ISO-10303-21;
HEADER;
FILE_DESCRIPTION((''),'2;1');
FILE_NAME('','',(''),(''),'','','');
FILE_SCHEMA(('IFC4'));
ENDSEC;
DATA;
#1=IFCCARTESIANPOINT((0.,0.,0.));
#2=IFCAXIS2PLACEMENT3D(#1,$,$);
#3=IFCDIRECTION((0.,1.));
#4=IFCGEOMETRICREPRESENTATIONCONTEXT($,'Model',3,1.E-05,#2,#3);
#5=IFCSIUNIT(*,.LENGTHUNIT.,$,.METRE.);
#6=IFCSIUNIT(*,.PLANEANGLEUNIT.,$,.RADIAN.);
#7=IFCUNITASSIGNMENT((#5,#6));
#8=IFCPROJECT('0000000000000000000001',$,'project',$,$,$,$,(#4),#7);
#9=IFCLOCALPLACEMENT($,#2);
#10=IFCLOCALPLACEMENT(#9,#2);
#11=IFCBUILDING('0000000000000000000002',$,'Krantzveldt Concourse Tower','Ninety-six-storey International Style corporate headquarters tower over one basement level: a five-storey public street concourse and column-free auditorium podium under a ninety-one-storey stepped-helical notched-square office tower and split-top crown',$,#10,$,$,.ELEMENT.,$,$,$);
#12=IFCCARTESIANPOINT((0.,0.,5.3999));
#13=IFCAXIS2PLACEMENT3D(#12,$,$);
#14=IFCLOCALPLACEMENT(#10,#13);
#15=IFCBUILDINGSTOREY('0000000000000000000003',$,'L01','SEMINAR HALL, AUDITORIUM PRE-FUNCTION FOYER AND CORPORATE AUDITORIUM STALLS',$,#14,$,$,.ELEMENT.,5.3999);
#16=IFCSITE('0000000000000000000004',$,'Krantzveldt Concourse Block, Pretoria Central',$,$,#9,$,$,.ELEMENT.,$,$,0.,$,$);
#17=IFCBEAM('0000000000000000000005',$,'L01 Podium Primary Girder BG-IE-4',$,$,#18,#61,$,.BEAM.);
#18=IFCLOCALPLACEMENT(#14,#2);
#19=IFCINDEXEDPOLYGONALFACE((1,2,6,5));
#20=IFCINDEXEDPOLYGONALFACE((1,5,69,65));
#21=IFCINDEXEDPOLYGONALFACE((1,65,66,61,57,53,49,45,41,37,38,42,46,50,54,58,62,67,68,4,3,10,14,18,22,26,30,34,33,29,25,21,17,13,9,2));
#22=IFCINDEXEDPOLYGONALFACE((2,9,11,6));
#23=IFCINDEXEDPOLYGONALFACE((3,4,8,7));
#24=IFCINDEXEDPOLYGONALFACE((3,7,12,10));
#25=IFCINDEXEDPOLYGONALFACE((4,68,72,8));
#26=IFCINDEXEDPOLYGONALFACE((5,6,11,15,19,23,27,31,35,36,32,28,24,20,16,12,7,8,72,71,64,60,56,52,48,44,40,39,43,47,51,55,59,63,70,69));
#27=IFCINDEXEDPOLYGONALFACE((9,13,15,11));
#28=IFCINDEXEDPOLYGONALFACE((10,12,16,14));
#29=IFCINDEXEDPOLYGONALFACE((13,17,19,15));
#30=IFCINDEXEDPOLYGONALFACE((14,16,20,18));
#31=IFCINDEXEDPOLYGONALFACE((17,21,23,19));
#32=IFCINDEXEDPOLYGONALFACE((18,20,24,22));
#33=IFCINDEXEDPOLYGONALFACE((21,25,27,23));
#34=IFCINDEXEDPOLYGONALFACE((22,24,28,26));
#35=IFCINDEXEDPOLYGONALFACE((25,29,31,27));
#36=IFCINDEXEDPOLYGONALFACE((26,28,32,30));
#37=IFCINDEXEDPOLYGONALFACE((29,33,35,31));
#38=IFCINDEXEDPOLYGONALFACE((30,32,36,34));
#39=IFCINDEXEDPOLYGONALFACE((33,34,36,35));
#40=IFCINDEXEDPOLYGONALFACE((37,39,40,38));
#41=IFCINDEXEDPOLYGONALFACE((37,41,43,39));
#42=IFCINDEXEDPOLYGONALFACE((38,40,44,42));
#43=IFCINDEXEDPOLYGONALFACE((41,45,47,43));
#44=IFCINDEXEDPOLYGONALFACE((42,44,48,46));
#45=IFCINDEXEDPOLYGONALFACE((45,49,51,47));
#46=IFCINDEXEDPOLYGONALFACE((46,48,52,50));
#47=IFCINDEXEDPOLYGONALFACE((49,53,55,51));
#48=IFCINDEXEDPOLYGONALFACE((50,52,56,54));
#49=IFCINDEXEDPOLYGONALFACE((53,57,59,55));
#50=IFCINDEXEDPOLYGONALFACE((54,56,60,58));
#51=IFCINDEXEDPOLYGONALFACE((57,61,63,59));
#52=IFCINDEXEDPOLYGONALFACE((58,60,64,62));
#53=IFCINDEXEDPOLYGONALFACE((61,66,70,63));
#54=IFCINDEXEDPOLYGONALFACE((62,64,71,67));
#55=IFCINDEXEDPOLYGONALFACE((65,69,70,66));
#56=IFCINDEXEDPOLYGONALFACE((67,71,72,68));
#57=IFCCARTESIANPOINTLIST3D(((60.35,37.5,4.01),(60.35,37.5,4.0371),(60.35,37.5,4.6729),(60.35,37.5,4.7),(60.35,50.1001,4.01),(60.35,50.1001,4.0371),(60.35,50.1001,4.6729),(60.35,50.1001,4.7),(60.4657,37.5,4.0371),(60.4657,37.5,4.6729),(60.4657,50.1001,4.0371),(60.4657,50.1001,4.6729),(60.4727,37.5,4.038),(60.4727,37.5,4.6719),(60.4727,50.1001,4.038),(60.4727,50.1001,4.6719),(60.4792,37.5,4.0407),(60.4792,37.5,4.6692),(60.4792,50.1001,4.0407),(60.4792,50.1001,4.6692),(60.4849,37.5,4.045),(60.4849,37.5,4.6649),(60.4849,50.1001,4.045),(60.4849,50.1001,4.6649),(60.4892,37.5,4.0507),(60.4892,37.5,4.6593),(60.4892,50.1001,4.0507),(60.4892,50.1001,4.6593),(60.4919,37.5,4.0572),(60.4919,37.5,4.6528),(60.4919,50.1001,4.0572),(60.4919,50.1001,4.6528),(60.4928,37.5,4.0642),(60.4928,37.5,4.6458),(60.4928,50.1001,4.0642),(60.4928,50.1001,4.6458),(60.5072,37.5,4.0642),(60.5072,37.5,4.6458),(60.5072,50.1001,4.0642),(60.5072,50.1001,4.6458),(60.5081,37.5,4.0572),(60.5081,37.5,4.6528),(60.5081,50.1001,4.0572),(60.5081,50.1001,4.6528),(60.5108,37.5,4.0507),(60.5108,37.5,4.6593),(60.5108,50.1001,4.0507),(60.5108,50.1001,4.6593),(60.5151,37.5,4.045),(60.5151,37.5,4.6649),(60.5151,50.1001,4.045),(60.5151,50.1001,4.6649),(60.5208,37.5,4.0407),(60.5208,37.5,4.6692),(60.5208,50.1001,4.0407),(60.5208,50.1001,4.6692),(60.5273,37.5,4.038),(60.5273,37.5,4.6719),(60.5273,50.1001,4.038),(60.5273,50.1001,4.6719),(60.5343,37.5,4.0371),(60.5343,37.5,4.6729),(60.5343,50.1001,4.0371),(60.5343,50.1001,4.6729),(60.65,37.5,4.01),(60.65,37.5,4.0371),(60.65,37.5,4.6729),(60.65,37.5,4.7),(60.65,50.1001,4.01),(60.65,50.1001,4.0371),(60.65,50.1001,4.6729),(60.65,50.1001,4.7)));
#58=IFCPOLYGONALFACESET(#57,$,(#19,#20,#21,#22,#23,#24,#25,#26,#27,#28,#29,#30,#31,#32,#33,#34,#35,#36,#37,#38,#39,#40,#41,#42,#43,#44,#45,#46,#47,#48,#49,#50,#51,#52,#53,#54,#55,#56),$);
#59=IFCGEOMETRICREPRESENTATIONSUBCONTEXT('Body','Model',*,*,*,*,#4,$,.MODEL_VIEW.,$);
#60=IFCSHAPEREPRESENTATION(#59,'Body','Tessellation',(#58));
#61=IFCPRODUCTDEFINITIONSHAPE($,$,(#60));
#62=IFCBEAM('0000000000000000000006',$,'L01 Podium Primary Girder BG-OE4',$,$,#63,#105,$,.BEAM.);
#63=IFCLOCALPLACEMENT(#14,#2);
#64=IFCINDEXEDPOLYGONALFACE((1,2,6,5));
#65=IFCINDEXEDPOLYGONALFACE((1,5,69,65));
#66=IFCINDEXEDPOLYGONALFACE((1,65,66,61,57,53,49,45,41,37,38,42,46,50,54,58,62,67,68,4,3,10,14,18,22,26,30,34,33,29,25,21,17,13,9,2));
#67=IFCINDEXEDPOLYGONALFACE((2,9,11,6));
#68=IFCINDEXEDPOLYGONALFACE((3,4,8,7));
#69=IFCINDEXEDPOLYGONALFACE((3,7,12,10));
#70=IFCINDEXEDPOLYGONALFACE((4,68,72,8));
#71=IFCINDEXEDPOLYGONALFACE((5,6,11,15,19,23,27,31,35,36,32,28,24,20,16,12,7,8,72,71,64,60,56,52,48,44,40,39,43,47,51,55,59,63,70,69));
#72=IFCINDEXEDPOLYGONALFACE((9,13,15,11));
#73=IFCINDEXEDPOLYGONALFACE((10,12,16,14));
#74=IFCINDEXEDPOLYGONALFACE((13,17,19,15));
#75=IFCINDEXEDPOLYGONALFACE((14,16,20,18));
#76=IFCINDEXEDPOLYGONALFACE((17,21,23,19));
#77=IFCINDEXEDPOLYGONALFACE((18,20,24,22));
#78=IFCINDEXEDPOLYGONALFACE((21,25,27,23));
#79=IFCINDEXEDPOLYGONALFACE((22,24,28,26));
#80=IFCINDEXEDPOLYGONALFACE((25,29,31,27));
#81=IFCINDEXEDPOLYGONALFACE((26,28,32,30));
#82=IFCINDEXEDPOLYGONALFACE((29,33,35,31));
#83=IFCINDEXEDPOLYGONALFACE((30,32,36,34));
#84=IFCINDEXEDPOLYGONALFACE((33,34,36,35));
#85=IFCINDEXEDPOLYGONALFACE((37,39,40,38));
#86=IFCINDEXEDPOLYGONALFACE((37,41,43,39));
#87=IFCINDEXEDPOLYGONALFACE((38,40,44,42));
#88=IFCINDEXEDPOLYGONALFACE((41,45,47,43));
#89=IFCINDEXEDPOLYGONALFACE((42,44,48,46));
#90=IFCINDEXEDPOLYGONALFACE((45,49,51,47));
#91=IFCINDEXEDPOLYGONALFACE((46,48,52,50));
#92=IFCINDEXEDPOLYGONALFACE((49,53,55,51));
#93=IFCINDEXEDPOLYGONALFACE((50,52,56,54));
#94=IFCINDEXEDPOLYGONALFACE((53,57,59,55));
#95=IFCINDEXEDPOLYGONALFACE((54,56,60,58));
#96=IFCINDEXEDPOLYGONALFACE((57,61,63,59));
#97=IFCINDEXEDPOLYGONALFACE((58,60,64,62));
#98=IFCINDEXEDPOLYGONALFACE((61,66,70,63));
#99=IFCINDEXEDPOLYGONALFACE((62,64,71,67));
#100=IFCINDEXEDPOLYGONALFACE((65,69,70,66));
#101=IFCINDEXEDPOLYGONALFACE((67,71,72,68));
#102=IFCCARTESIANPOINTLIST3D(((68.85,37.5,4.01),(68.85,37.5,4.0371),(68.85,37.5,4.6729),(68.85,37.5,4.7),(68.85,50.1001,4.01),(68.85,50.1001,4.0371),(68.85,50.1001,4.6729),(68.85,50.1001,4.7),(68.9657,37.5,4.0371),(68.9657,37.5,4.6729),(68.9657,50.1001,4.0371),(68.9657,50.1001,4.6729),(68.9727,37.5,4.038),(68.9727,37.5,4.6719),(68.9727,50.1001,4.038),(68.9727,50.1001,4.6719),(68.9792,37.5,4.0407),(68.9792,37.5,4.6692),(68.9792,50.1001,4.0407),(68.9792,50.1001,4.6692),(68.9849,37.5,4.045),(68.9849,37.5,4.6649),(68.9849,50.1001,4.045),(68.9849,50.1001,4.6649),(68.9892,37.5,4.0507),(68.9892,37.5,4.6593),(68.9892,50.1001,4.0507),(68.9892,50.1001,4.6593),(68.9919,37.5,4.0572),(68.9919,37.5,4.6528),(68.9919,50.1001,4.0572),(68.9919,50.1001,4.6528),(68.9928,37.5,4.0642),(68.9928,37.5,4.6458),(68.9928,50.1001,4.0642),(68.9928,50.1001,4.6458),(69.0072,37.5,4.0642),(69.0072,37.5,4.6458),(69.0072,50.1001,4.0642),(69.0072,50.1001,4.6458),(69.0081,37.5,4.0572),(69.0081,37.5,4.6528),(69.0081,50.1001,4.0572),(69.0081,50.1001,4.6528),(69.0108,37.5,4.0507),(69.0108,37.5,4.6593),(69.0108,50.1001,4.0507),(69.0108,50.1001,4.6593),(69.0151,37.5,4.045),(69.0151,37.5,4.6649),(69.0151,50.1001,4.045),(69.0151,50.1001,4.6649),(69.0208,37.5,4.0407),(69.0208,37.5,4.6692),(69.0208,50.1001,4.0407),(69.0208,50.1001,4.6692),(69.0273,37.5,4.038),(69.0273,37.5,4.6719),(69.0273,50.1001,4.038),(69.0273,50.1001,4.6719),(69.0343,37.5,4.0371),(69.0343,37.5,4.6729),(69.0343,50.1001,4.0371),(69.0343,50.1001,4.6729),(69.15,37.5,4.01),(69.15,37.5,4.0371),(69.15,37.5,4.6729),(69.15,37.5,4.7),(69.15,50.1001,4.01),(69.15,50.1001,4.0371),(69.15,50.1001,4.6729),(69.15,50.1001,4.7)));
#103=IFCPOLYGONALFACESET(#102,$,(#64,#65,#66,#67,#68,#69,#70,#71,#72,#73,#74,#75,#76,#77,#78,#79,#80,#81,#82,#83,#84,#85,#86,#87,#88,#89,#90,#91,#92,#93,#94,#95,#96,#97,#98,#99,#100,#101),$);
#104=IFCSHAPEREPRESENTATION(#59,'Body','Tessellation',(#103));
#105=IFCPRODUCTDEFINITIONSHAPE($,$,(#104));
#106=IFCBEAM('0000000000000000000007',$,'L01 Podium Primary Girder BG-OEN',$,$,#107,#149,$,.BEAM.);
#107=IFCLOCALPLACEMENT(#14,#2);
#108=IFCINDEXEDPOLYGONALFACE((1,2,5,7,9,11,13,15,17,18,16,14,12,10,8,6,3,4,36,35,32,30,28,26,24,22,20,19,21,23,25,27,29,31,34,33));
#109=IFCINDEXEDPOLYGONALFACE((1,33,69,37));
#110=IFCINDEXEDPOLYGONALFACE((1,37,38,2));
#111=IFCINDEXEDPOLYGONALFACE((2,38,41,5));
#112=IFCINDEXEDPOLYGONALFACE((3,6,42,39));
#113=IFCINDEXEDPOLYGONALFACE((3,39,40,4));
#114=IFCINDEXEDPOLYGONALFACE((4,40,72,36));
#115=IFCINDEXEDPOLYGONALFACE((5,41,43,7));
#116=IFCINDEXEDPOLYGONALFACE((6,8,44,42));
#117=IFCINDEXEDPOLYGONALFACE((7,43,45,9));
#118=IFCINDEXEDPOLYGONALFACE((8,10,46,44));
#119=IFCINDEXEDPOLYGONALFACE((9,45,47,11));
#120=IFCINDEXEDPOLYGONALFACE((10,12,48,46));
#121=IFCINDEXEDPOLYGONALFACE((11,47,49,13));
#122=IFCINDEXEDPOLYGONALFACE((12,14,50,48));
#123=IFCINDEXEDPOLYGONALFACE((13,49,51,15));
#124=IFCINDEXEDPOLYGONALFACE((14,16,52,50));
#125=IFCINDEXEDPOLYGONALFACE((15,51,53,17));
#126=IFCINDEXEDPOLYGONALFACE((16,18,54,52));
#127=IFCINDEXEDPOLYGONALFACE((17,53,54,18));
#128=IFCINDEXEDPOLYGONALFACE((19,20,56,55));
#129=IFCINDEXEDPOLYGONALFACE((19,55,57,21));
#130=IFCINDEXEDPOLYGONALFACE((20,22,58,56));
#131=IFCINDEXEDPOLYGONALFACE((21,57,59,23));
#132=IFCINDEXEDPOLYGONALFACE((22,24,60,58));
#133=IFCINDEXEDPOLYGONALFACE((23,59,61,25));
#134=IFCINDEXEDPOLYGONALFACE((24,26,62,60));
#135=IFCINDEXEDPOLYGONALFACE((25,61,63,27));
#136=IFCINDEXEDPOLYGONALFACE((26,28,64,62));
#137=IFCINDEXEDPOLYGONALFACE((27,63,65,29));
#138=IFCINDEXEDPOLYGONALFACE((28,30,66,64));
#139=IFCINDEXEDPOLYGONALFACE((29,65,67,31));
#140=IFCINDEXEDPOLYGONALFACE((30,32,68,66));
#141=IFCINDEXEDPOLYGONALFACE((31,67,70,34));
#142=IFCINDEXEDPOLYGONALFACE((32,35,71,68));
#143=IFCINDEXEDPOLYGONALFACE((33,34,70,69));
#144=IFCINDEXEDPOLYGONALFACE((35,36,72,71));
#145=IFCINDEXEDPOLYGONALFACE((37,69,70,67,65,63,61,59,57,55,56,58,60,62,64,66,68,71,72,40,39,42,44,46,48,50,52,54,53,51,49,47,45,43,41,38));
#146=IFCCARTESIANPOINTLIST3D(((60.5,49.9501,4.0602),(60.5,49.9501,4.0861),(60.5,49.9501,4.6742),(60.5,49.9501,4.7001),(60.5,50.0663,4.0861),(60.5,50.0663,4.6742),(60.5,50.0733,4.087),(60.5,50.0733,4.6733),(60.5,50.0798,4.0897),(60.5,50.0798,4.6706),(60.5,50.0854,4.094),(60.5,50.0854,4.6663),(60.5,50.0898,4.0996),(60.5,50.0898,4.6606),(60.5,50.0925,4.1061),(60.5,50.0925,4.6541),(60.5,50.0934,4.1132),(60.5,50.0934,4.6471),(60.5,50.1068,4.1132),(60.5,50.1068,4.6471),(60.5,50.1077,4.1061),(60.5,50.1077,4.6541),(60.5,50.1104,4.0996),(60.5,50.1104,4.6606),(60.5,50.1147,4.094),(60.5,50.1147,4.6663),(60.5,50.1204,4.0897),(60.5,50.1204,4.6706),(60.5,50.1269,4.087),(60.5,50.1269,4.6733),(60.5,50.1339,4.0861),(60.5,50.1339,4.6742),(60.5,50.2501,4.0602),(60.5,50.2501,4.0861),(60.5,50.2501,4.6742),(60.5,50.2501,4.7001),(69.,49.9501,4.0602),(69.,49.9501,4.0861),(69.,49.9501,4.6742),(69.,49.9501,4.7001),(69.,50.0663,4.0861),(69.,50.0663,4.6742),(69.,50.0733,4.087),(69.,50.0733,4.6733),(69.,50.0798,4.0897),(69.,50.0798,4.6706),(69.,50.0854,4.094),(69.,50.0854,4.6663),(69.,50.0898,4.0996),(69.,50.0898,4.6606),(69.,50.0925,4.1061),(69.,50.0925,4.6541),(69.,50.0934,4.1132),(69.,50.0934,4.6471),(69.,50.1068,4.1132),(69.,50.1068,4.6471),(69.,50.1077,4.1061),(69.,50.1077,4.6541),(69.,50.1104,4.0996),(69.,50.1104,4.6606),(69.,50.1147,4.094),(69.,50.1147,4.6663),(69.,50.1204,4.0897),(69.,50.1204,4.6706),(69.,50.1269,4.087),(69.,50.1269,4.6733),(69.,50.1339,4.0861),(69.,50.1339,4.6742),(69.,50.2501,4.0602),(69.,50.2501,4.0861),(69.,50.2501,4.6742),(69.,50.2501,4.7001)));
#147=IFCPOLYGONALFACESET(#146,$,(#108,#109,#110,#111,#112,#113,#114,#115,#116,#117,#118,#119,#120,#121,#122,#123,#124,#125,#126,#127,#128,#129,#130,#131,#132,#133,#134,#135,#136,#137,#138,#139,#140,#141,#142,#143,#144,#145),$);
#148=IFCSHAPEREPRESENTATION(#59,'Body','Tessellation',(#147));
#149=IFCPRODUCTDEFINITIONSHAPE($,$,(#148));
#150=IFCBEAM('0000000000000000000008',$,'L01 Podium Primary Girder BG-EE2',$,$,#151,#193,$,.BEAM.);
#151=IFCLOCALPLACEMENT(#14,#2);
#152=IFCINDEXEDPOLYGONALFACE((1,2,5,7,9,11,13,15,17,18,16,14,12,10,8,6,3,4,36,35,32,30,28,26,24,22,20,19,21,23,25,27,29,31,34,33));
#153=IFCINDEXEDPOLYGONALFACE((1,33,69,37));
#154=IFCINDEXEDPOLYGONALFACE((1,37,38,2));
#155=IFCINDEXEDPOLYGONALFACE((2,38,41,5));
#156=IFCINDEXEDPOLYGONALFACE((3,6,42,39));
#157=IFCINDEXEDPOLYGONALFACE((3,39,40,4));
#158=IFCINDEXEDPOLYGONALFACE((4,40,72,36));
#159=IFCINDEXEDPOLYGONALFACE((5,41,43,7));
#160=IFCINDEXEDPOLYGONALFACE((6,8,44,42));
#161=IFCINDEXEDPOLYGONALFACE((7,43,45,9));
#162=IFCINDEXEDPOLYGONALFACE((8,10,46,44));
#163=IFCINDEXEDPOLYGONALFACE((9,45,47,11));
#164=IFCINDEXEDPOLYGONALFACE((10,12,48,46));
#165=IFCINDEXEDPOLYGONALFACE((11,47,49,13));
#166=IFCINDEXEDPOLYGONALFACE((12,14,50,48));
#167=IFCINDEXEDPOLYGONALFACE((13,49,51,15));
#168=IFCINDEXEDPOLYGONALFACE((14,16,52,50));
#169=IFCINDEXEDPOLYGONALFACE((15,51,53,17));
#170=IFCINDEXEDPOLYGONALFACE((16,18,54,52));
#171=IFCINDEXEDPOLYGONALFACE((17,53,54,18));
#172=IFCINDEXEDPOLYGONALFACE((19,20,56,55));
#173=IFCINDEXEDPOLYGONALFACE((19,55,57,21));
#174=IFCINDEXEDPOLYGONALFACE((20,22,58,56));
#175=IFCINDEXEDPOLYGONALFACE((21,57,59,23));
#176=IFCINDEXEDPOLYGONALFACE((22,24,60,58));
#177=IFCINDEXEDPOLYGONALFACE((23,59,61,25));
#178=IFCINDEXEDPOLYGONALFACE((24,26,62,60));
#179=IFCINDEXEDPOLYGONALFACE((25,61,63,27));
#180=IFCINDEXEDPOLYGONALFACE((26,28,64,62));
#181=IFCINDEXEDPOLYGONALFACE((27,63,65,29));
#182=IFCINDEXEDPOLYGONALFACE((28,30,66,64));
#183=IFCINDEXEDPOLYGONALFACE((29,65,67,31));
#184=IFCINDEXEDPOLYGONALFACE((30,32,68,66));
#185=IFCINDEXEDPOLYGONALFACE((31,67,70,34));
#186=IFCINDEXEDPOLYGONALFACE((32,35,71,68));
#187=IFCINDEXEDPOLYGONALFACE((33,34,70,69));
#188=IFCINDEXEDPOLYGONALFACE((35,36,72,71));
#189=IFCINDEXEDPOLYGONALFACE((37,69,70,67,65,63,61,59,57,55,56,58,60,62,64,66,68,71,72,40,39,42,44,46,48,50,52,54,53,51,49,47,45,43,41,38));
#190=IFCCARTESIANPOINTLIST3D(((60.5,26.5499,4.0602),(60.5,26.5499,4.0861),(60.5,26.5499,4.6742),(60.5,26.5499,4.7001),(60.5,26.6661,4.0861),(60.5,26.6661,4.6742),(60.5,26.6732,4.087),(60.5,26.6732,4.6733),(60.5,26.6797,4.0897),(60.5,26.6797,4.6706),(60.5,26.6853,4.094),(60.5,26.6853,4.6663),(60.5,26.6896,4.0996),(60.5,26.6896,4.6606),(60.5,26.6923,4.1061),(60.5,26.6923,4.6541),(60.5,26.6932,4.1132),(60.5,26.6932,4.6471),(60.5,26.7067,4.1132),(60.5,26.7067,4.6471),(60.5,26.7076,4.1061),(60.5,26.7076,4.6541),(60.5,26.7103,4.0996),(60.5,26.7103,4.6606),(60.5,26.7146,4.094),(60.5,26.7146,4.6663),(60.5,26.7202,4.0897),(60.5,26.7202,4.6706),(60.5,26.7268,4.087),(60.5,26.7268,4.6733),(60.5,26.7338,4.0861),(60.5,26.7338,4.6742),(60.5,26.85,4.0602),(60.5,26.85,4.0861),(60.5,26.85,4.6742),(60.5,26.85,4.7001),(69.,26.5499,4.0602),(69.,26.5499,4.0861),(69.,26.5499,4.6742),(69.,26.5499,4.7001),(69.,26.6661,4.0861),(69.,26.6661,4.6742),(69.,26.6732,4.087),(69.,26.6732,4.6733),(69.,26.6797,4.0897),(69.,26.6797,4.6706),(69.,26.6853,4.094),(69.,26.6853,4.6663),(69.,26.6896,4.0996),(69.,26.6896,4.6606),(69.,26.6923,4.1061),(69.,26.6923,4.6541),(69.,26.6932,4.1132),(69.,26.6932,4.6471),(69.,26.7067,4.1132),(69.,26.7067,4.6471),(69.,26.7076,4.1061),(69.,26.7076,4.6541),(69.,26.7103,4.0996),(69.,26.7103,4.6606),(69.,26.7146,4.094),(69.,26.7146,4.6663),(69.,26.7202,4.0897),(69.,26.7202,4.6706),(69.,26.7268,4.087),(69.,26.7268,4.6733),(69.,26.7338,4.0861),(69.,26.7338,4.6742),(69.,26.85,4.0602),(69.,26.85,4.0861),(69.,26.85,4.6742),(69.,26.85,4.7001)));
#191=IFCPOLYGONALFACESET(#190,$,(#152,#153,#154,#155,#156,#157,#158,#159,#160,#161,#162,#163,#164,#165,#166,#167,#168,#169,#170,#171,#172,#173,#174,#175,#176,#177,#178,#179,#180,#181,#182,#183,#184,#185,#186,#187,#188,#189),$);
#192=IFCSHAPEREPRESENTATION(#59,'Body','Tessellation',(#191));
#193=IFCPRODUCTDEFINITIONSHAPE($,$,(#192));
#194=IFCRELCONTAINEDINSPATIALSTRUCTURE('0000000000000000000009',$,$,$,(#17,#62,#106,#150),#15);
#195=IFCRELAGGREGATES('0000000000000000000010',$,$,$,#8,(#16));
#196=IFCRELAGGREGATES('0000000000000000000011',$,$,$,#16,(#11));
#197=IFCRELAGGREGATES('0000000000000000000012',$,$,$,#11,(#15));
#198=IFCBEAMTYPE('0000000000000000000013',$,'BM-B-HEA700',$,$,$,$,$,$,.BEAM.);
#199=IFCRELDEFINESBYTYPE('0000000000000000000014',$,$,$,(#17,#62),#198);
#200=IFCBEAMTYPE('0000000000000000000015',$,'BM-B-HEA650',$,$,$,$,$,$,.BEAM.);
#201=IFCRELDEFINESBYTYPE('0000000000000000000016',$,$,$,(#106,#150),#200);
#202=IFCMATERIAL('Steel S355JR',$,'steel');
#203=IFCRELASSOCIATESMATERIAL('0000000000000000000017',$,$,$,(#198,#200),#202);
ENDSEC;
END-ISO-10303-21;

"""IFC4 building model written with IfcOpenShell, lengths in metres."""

from ifc_helpers import new_model, si_unit, direction, frame, origin, origin_2d, place, context, subcontext, project, spatial, i_section, extrude, source, transform, mapped, material, material_profile, profile_set, type_object, type_shapes, element, save


model = new_model("IFC4")

# Units and contexts
model_context = context("Model", 3, precision=1e-05, world=origin(), true_north=direction((0.0, 1.0)))
body_context = subcontext(model_context, "Body", "Model", "MODEL_VIEW")
ifc_project = project(units=[si_unit("LENGTHUNIT", "METRE"), si_unit("PLANEANGLEUNIT", "RADIAN")], contexts=[model_context])

# Site, building, storey
site_placement = place(None, origin())
site = spatial("IfcSite", under=ifc_project, at=site_placement, Name="Krantzveldt Concourse Block, Pretoria Central", CompositionType="ELEMENT", RefElevation=0.0)
building_placement = place(site_placement, origin())
building = spatial("IfcBuilding", under=site, at=building_placement, Name="Krantzveldt Concourse Tower", Description="Ninety-six-storey International Style corporate headquarters tower over one basement level: a five-storey public street concourse and column-free auditorium podium under a ninety-one-storey stepped-helical notched-square office tower and split-top crown", CompositionType="ELEMENT")
storey_placement = place(building_placement, frame((0.0, 0.0, 5.3999)))
storey = spatial("IfcBuildingStorey", under=building, at=storey_placement, Name="L01", Description="SEMINAR HALL, AUDITORIUM PRE-FUNCTION FOYER AND CORPORATE AUDITORIUM STALLS", CompositionType="ELEMENT", Elevation=5.3999)

# Beams
ifc_material_1 = material(Name="Steel S355JR", Category="steel")
ifc_material_profile_1 = material_profile(ifc_material_1, i_section(OverallWidth=0.3, OverallDepth=0.6899, WebThickness=0.0144, FlangeThickness=0.0271, FilletRadius=0.0271, at=origin_2d()), Name="Steel S355JR", Category="steel")
ifc_profile_set_1 = profile_set([ifc_material_profile_1], Name="Steel S355JR - HEA 700")
beam_type_1 = type_object("IfcBeamType", Name="BM-B-HEA700", PredefinedType="BEAM", material=ifc_profile_set_1)
shared_shape_1 = source(origin(), body_context, "Body", "SweptSolid", [
    extrude(i_section(OverallWidth=0.3, OverallDepth=0.6899, WebThickness=0.0144, FlangeThickness=0.0271, FilletRadius=0.0271, at=origin_2d()), origin(), (0.0, 0.0, 1.0), 12.6001),
])
for number, where, z_axis, x_axis, name in (
    (1, (60.5, 37.5, 4.355), (0.0, 1.0, 0.0), (-1.0, 0.0, 0.0), "L01 Podium Primary Girder BG-IE-4"),
    (2, (69.0, 37.5, 4.355), (0.0, 1.0, 0.0), (-1.0, 0.0, 0.0), "L01 Podium Primary Girder BG-OE4"),
):
    element("IfcBeam", number, at=place(storey_placement, frame(where, z_axis=z_axis, x_axis=x_axis)), inside=storey, type_object=beam_type_1, Name=name, PredefinedType="BEAM", context=body_context, shape_type="MappedRepresentation", body=[
        mapped(shared_shape_1, transform((0.0, 0.0, 0.0), x_axis=(1.0, 0.0, 0.0), y_axis=(0.0, 1.0, 0.0), z_axis=(0.0, 0.0, 1.0), scale=1.0)),
    ])
ifc_material_profile_2 = material_profile(ifc_material_1, i_section(OverallWidth=0.3, OverallDepth=0.6399, WebThickness=0.0134, FlangeThickness=0.0259, FilletRadius=0.0271, at=origin_2d()), Name="Steel S355JR", Category="steel")
ifc_profile_set_2 = profile_set([ifc_material_profile_2], Name="Steel S355JR - HEA 650")
beam_type_2 = type_object("IfcBeamType", Name="BM-B-HEA650", PredefinedType="BEAM", material=ifc_profile_set_2)
shared_shape_2 = source(origin(), body_context, "Body", "SweptSolid", [
    extrude(i_section(OverallWidth=0.3, OverallDepth=0.6399, WebThickness=0.0134, FlangeThickness=0.0259, FilletRadius=0.0271, at=origin_2d()), origin(), (0.0, 0.0, 1.0), 8.5),
])
type_shapes(beam_type_2, [shared_shape_2])
for number, where, z_axis, x_axis, name in (
    (3, (60.5, 50.1001, 4.3801), (1.0, 0.0, 0.0), (0.0, 1.0, 0.0), "L01 Podium Primary Girder BG-OEN"),
    (4, (60.5, 26.7, 4.3801), (1.0, 0.0, 0.0), (0.0, 1.0, 0.0), "L01 Podium Primary Girder BG-EE2"),
):
    element("IfcBeam", number, at=place(storey_placement, frame(where, z_axis=z_axis, x_axis=x_axis)), inside=storey, type_object=beam_type_2, Name=name, PredefinedType="BEAM", context=body_context, shape_type="MappedRepresentation", body=[
        mapped(shared_shape_2, transform((0.0, 0.0, 0.0), x_axis=(1.0, 0.0, 0.0), y_axis=(0.0, 1.0, 0.0), z_axis=(0.0, 0.0, 1.0), scale=1.0)),
    ])

save(model, "model.ifc")
